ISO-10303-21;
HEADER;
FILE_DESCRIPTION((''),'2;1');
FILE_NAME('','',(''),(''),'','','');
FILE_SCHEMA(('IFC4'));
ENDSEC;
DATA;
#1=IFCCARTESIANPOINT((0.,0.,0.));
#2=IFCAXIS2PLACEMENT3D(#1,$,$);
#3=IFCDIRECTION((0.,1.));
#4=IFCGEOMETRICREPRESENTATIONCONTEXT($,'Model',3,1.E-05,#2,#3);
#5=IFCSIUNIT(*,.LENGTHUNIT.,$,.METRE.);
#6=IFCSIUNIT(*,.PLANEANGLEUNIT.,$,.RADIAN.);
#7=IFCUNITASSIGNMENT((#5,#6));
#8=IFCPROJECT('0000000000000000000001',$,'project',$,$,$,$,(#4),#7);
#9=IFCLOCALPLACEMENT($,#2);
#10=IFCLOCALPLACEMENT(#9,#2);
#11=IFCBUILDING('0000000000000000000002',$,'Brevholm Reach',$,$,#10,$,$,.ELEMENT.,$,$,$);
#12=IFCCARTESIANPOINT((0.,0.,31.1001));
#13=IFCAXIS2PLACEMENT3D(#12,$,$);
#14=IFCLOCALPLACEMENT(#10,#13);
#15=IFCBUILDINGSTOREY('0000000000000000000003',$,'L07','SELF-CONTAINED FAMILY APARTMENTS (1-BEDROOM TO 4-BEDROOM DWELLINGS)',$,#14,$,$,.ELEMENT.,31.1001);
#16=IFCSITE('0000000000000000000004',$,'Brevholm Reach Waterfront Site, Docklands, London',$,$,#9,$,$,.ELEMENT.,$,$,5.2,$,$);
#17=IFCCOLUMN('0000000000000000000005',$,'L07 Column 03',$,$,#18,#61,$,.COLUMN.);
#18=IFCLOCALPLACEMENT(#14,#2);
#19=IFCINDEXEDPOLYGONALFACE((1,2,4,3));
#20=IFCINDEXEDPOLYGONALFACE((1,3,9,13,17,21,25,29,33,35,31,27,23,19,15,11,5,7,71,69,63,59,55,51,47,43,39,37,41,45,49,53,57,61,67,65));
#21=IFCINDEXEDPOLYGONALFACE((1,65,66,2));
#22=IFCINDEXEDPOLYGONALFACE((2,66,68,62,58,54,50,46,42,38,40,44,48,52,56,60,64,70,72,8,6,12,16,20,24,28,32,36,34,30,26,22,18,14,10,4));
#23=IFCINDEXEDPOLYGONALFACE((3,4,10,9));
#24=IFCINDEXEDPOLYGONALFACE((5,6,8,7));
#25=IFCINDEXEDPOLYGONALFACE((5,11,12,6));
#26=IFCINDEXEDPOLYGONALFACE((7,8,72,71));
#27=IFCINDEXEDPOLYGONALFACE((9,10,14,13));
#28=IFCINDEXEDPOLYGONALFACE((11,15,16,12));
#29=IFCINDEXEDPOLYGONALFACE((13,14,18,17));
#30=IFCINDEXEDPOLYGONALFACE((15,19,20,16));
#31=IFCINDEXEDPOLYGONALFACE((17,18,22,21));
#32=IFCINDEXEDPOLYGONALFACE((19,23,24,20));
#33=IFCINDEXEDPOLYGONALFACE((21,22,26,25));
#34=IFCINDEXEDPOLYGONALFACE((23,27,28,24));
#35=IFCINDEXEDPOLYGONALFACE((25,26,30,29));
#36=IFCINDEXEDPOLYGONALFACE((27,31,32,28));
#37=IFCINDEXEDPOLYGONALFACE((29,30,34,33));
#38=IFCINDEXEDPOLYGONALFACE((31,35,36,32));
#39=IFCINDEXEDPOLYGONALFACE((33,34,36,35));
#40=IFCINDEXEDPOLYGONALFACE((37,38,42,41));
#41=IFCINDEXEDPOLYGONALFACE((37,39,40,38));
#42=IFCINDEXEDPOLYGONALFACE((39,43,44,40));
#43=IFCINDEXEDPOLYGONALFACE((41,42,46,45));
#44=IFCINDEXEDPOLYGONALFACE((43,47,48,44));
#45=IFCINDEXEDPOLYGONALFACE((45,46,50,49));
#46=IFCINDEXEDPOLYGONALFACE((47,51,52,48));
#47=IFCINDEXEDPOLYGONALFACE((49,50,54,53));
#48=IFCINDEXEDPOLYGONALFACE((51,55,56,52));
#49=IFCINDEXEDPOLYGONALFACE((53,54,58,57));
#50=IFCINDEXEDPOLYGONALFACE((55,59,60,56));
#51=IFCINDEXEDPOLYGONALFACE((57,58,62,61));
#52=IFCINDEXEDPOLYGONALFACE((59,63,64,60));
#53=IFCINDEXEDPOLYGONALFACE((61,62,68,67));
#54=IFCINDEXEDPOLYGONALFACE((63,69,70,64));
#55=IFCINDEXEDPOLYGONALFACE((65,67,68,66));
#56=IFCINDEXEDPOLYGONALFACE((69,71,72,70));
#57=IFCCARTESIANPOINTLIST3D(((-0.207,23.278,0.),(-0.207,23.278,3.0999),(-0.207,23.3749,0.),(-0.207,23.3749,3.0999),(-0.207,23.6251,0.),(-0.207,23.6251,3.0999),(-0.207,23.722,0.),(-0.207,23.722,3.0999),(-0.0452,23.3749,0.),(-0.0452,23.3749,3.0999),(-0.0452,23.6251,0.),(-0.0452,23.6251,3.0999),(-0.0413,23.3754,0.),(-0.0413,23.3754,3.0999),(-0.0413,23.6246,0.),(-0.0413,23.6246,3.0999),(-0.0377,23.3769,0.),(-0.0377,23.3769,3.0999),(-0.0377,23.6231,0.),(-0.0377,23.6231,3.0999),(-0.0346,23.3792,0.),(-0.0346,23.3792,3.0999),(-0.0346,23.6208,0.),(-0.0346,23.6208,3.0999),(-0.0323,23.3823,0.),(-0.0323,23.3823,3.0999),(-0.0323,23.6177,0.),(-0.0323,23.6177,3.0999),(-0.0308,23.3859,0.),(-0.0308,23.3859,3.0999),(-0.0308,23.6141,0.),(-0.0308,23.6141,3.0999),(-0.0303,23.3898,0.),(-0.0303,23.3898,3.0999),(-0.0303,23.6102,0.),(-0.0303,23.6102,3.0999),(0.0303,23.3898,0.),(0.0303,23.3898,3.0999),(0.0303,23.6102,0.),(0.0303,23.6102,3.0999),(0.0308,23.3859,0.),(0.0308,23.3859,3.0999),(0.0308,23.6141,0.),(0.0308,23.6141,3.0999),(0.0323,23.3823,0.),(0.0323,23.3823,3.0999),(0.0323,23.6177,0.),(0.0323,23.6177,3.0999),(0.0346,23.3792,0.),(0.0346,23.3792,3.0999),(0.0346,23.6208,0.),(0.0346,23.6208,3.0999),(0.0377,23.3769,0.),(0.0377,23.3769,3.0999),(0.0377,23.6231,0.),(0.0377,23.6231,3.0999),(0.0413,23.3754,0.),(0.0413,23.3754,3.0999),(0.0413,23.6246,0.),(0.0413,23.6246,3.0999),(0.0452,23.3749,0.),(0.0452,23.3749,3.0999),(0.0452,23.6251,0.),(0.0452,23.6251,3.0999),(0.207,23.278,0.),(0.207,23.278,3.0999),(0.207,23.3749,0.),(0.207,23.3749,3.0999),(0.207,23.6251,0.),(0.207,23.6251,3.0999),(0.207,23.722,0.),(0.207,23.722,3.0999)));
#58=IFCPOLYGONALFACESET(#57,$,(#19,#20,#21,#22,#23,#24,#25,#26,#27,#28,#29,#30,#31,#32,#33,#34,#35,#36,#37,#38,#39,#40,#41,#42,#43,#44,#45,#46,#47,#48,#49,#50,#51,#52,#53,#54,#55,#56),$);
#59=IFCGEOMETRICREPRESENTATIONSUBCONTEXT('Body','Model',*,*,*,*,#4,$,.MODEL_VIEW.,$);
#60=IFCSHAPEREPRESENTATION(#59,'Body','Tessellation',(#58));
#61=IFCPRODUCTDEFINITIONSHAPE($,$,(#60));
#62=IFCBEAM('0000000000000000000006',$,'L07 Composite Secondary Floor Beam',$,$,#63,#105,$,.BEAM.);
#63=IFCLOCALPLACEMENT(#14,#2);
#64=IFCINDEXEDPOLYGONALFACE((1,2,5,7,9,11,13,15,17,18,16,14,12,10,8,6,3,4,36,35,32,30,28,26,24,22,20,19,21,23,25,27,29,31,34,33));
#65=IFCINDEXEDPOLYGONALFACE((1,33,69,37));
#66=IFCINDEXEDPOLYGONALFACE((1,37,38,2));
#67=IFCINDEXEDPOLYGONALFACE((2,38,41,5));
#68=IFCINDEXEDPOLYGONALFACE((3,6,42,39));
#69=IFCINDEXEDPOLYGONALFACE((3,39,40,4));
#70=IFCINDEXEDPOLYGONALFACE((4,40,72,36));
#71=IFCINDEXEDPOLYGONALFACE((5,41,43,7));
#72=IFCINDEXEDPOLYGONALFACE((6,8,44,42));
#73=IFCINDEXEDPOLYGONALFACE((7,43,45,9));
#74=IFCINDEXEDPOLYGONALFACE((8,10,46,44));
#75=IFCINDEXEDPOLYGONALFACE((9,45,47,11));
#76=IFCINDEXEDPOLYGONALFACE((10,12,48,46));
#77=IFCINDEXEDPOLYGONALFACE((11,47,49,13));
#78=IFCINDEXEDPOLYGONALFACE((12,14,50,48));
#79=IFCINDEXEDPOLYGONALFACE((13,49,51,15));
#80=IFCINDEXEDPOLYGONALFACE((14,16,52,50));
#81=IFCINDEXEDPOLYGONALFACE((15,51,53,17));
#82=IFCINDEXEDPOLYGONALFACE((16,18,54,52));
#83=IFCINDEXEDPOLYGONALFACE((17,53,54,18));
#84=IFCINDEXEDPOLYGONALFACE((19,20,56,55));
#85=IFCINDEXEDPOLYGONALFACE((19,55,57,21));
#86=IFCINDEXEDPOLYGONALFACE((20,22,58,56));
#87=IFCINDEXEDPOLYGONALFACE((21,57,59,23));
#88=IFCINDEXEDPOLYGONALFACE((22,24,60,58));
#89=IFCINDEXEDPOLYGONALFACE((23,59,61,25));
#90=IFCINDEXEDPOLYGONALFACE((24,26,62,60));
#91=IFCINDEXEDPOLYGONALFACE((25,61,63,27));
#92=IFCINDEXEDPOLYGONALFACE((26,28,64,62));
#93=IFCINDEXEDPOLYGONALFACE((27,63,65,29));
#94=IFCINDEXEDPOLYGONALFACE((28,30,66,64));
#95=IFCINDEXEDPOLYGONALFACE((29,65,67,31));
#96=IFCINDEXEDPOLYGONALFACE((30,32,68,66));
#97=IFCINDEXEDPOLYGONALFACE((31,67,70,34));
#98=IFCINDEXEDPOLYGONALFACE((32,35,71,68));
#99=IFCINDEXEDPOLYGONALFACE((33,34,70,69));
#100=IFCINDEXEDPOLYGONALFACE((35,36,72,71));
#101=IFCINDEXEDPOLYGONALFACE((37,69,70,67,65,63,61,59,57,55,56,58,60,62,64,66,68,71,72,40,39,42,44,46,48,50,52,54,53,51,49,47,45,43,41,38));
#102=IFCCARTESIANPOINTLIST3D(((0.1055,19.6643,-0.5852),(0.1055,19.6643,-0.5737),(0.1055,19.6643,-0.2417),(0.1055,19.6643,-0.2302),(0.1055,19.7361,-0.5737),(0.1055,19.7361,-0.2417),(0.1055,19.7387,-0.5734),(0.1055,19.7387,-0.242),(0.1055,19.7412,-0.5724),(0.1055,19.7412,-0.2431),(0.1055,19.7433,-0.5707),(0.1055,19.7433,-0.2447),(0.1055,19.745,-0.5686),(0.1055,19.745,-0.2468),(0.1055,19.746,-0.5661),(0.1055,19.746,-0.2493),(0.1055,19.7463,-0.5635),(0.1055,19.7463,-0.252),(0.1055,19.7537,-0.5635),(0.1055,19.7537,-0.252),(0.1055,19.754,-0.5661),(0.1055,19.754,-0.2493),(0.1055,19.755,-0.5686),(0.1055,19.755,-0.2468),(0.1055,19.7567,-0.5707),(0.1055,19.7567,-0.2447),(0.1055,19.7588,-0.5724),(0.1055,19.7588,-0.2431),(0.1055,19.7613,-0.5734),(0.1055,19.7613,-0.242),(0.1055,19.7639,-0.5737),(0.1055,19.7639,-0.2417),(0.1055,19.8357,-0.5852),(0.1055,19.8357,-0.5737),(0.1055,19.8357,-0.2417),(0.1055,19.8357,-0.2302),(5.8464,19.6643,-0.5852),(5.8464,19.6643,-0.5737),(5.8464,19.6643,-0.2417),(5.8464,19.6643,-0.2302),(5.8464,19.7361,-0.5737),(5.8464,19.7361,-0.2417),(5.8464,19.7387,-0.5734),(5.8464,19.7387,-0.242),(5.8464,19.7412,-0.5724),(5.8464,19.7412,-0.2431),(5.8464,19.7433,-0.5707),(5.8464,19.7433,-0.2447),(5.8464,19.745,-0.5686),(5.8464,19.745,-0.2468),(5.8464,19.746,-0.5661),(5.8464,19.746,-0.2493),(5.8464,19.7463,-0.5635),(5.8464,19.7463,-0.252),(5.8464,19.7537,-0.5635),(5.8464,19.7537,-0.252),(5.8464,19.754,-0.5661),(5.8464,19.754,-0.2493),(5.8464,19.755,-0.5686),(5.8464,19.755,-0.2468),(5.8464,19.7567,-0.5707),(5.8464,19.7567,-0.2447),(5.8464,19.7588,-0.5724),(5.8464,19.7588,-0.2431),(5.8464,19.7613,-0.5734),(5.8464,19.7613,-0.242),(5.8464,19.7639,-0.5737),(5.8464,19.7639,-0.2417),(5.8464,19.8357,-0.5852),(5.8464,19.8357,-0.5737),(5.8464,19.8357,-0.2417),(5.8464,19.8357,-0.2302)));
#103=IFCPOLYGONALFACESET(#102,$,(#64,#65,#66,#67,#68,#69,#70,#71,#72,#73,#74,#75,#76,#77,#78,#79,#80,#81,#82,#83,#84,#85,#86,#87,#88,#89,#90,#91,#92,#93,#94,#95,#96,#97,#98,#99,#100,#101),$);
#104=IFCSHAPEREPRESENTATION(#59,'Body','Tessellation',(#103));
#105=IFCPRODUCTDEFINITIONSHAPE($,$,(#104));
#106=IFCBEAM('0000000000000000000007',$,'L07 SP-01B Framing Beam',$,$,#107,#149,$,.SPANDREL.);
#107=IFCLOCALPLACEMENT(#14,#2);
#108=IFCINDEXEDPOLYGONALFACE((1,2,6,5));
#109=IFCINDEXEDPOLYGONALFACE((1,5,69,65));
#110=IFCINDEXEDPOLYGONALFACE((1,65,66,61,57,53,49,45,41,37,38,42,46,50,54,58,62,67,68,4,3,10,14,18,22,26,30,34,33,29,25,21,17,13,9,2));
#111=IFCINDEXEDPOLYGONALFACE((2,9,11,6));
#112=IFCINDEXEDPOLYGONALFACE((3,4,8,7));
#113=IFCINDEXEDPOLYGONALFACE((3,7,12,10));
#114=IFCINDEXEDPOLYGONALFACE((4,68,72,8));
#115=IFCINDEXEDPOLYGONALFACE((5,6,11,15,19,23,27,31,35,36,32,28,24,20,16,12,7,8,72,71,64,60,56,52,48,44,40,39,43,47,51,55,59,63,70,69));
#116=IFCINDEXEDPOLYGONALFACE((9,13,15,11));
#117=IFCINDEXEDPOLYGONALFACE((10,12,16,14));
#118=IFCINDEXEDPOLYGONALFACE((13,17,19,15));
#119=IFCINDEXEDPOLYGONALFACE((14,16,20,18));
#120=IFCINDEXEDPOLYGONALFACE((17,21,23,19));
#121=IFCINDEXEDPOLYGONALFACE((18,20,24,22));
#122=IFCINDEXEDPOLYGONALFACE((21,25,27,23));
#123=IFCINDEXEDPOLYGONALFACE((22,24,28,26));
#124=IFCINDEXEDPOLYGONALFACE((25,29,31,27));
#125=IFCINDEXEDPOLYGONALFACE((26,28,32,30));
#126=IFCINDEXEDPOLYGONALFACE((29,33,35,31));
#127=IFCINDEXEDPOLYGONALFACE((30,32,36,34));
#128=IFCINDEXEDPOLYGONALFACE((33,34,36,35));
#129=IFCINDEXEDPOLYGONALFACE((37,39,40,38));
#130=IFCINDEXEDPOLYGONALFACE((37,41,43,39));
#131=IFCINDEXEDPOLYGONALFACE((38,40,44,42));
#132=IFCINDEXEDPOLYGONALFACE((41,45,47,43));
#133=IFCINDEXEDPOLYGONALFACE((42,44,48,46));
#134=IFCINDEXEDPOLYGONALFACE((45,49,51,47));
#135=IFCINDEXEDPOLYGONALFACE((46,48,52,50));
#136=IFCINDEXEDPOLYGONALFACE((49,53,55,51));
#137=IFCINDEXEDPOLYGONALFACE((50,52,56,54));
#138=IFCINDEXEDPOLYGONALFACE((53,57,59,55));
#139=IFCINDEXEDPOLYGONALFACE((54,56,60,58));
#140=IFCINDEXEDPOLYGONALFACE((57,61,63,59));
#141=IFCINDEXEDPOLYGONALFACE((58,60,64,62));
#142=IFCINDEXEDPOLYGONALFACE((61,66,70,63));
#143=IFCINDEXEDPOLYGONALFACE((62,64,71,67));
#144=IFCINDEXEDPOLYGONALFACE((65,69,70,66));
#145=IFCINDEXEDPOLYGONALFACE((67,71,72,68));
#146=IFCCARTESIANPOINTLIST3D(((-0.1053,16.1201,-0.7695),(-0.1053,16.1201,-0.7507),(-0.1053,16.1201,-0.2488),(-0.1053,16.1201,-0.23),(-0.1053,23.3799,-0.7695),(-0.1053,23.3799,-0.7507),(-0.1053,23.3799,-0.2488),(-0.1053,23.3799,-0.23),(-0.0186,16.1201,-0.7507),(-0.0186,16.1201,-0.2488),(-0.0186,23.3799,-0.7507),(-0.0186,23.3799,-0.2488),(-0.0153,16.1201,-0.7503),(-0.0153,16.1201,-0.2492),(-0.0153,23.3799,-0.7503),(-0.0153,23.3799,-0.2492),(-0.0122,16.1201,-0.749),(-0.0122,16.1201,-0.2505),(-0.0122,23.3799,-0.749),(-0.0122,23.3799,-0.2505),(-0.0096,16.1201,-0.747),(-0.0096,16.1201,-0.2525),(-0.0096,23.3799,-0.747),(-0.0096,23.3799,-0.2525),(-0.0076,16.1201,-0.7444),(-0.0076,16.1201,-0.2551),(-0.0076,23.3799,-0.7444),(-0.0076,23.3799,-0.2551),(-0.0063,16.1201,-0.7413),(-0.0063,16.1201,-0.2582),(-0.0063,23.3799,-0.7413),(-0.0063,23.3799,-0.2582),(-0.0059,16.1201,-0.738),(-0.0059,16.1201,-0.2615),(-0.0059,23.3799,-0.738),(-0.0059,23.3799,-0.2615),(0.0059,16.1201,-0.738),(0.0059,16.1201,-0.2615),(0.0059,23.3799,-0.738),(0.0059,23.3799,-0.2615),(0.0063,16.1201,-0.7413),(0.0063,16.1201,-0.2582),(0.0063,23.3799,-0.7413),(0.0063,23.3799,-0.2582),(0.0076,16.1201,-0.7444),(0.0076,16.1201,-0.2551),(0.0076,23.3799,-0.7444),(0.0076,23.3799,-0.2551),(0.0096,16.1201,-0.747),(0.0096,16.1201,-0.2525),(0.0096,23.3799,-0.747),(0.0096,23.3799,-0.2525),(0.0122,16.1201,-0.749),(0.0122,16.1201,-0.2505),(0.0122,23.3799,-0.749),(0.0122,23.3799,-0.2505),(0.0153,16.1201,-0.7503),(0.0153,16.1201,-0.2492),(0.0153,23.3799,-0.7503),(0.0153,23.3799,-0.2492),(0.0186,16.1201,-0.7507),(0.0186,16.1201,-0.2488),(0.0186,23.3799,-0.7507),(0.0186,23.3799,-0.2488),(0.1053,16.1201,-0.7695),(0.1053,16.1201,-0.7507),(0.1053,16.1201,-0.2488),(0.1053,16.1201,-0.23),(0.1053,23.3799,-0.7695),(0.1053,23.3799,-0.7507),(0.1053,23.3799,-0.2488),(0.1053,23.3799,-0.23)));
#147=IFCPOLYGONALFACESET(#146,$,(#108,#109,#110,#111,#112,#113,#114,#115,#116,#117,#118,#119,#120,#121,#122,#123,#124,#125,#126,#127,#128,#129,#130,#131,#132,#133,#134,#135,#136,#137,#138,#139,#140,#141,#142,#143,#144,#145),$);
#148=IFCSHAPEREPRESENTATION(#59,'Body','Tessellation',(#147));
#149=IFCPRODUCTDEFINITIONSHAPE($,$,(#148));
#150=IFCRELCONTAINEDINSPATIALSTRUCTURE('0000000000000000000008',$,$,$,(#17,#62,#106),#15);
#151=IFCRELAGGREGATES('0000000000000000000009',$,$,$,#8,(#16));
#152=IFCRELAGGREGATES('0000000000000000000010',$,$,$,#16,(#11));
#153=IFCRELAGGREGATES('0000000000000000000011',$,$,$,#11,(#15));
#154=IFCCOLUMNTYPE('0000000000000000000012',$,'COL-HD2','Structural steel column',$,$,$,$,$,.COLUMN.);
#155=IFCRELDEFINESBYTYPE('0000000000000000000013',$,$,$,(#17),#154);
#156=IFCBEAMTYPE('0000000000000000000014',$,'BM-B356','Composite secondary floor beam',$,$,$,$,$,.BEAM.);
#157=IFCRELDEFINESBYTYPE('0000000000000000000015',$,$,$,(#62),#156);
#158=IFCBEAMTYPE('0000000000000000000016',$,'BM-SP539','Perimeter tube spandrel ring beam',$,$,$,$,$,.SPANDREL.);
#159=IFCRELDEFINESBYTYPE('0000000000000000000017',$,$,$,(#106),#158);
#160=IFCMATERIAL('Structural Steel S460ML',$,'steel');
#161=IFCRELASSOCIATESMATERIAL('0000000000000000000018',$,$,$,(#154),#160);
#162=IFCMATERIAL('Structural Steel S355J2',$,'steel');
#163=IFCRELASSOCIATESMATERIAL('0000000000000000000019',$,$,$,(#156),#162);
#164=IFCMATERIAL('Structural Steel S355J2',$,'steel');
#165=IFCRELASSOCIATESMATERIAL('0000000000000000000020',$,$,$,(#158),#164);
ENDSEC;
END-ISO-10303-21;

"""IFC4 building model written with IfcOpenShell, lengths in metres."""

from ifc_helpers import new_model, si_unit, direction, frame, origin, origin_2d, place, context, subcontext, project, spatial, i_section, extrude, material, material_profile, profile_set, type_object, element, save


model = new_model("IFC4")

# Units and contexts
model_context = context("Model", 3, precision=1e-05, world=origin(), true_north=direction((0.0, 1.0)))
body_context = subcontext(model_context, "Body", "Model", "MODEL_VIEW")
ifc_project = project(units=[si_unit("LENGTHUNIT", "METRE"), si_unit("PLANEANGLEUNIT", "RADIAN")], contexts=[model_context])

# Site, building, storey
site_placement = place(None, origin())
site = spatial("IfcSite", under=ifc_project, at=site_placement, Name="Brevholm Reach Waterfront Site, Docklands, London", CompositionType="ELEMENT", RefElevation=5.2)
building_placement = place(site_placement, origin())
building = spatial("IfcBuilding", under=site, at=building_placement, Name="Brevholm Reach", CompositionType="ELEMENT")
storey_placement = place(building_placement, frame((0.0, 0.0, 31.1001)))
storey = spatial("IfcBuildingStorey", under=building, at=storey_placement, Name="L07", Description="SELF-CONTAINED FAMILY APARTMENTS (1-BEDROOM TO 4-BEDROOM DWELLINGS)", CompositionType="ELEMENT", Elevation=31.1001)

# Column
ifc_material_1 = material(Name="Structural Steel S460ML", Category="steel")
ifc_material_profile_1 = material_profile(ifc_material_1, i_section(OverallWidth=0.4141, OverallDepth=0.4441, WebThickness=0.0605, FlangeThickness=0.0969, FilletRadius=0.0149, at=origin_2d()), Name="HD 400x818")
ifc_profile_set_1 = profile_set([ifc_material_profile_1], Name="Structural Steel S460ML")
column_type = type_object("IfcColumnType", Name="COL-HD2", Description="Structural steel column", PredefinedType="COLUMN", material=ifc_profile_set_1)
column_placement = place(storey_placement, frame((0.0, 23.5, 0.0), z_axis=(0.0, 0.0, 1.0), x_axis=(1.0, 0.0, 0.0)))
element("IfcColumn", 1, at=column_placement, inside=storey, type_object=column_type, Name="L07 Column 03", PredefinedType="COLUMN", context=body_context, shape_type="SweptSolid", body=[
    extrude(i_section(OverallWidth=0.4141, OverallDepth=0.4441, WebThickness=0.0605, FlangeThickness=0.0969, FilletRadius=0.0149, at=origin_2d()), origin(), (0.0, 0.0, 1.0), 3.0999),
])

# Beams
ifc_material_2 = material(Name="Structural Steel S355J2", Category="steel")
ifc_material_profile_2 = material_profile(ifc_material_2, i_section(OverallWidth=0.1714, OverallDepth=0.355, WebThickness=0.0073, FlangeThickness=0.0115, FilletRadius=0.0103, at=origin_2d()), Name="UKB 356x171x51")
ifc_profile_set_2 = profile_set([ifc_material_profile_2], Name="Structural Steel S355J2")
beam_type_1 = type_object("IfcBeamType", Name="BM-B356", Description="Composite secondary floor beam", PredefinedType="BEAM", material=ifc_profile_set_2)
beam_1_placement = place(storey_placement, frame((0.1055, 19.75, -0.4077), z_axis=(1.0, 0.0, 0.0), x_axis=(0.0, 1.0, 0.0)))
element("IfcBeam", 2, at=beam_1_placement, inside=storey, type_object=beam_type_1, Name="L07 Composite Secondary Floor Beam", PredefinedType="BEAM", context=body_context, shape_type="SweptSolid", body=[
    extrude(i_section(OverallWidth=0.1714, OverallDepth=0.355, WebThickness=0.0073, FlangeThickness=0.0115, FilletRadius=0.0103, at=origin_2d()), origin(), (0.0, 0.0, 1.0), 5.741),
])
ifc_material_3 = material(Name="Structural Steel S355J2", Category="steel")
ifc_material_profile_3 = material_profile(ifc_material_3, i_section(OverallWidth=0.2107, OverallDepth=0.5396, WebThickness=0.0117, FlangeThickness=0.0188, FilletRadius=0.0127, at=origin_2d()), Name="UKB 533x210x109")
ifc_profile_set_3 = profile_set([ifc_material_profile_3], Name="Structural Steel S355J2")
beam_type_2 = type_object("IfcBeamType", Name="BM-SP539", Description="Perimeter tube spandrel ring beam", PredefinedType="SPANDREL", material=ifc_profile_set_3)
beam_2_placement = place(storey_placement, frame((0.0, 16.1201, -0.4998), z_axis=(0.0, 1.0, 0.0), x_axis=(-1.0, 0.0, 0.0)))
element("IfcBeam", 3, at=beam_2_placement, inside=storey, type_object=beam_type_2, Name="L07 SP-01B Framing Beam", PredefinedType="SPANDREL", context=body_context, shape_type="SweptSolid", body=[
    extrude(i_section(OverallWidth=0.2107, OverallDepth=0.5396, WebThickness=0.0117, FlangeThickness=0.0188, FilletRadius=0.0127, at=origin_2d()), origin(), (0.0, 0.0, 1.0), 7.2598),
])

save(model, "model.ifc")
